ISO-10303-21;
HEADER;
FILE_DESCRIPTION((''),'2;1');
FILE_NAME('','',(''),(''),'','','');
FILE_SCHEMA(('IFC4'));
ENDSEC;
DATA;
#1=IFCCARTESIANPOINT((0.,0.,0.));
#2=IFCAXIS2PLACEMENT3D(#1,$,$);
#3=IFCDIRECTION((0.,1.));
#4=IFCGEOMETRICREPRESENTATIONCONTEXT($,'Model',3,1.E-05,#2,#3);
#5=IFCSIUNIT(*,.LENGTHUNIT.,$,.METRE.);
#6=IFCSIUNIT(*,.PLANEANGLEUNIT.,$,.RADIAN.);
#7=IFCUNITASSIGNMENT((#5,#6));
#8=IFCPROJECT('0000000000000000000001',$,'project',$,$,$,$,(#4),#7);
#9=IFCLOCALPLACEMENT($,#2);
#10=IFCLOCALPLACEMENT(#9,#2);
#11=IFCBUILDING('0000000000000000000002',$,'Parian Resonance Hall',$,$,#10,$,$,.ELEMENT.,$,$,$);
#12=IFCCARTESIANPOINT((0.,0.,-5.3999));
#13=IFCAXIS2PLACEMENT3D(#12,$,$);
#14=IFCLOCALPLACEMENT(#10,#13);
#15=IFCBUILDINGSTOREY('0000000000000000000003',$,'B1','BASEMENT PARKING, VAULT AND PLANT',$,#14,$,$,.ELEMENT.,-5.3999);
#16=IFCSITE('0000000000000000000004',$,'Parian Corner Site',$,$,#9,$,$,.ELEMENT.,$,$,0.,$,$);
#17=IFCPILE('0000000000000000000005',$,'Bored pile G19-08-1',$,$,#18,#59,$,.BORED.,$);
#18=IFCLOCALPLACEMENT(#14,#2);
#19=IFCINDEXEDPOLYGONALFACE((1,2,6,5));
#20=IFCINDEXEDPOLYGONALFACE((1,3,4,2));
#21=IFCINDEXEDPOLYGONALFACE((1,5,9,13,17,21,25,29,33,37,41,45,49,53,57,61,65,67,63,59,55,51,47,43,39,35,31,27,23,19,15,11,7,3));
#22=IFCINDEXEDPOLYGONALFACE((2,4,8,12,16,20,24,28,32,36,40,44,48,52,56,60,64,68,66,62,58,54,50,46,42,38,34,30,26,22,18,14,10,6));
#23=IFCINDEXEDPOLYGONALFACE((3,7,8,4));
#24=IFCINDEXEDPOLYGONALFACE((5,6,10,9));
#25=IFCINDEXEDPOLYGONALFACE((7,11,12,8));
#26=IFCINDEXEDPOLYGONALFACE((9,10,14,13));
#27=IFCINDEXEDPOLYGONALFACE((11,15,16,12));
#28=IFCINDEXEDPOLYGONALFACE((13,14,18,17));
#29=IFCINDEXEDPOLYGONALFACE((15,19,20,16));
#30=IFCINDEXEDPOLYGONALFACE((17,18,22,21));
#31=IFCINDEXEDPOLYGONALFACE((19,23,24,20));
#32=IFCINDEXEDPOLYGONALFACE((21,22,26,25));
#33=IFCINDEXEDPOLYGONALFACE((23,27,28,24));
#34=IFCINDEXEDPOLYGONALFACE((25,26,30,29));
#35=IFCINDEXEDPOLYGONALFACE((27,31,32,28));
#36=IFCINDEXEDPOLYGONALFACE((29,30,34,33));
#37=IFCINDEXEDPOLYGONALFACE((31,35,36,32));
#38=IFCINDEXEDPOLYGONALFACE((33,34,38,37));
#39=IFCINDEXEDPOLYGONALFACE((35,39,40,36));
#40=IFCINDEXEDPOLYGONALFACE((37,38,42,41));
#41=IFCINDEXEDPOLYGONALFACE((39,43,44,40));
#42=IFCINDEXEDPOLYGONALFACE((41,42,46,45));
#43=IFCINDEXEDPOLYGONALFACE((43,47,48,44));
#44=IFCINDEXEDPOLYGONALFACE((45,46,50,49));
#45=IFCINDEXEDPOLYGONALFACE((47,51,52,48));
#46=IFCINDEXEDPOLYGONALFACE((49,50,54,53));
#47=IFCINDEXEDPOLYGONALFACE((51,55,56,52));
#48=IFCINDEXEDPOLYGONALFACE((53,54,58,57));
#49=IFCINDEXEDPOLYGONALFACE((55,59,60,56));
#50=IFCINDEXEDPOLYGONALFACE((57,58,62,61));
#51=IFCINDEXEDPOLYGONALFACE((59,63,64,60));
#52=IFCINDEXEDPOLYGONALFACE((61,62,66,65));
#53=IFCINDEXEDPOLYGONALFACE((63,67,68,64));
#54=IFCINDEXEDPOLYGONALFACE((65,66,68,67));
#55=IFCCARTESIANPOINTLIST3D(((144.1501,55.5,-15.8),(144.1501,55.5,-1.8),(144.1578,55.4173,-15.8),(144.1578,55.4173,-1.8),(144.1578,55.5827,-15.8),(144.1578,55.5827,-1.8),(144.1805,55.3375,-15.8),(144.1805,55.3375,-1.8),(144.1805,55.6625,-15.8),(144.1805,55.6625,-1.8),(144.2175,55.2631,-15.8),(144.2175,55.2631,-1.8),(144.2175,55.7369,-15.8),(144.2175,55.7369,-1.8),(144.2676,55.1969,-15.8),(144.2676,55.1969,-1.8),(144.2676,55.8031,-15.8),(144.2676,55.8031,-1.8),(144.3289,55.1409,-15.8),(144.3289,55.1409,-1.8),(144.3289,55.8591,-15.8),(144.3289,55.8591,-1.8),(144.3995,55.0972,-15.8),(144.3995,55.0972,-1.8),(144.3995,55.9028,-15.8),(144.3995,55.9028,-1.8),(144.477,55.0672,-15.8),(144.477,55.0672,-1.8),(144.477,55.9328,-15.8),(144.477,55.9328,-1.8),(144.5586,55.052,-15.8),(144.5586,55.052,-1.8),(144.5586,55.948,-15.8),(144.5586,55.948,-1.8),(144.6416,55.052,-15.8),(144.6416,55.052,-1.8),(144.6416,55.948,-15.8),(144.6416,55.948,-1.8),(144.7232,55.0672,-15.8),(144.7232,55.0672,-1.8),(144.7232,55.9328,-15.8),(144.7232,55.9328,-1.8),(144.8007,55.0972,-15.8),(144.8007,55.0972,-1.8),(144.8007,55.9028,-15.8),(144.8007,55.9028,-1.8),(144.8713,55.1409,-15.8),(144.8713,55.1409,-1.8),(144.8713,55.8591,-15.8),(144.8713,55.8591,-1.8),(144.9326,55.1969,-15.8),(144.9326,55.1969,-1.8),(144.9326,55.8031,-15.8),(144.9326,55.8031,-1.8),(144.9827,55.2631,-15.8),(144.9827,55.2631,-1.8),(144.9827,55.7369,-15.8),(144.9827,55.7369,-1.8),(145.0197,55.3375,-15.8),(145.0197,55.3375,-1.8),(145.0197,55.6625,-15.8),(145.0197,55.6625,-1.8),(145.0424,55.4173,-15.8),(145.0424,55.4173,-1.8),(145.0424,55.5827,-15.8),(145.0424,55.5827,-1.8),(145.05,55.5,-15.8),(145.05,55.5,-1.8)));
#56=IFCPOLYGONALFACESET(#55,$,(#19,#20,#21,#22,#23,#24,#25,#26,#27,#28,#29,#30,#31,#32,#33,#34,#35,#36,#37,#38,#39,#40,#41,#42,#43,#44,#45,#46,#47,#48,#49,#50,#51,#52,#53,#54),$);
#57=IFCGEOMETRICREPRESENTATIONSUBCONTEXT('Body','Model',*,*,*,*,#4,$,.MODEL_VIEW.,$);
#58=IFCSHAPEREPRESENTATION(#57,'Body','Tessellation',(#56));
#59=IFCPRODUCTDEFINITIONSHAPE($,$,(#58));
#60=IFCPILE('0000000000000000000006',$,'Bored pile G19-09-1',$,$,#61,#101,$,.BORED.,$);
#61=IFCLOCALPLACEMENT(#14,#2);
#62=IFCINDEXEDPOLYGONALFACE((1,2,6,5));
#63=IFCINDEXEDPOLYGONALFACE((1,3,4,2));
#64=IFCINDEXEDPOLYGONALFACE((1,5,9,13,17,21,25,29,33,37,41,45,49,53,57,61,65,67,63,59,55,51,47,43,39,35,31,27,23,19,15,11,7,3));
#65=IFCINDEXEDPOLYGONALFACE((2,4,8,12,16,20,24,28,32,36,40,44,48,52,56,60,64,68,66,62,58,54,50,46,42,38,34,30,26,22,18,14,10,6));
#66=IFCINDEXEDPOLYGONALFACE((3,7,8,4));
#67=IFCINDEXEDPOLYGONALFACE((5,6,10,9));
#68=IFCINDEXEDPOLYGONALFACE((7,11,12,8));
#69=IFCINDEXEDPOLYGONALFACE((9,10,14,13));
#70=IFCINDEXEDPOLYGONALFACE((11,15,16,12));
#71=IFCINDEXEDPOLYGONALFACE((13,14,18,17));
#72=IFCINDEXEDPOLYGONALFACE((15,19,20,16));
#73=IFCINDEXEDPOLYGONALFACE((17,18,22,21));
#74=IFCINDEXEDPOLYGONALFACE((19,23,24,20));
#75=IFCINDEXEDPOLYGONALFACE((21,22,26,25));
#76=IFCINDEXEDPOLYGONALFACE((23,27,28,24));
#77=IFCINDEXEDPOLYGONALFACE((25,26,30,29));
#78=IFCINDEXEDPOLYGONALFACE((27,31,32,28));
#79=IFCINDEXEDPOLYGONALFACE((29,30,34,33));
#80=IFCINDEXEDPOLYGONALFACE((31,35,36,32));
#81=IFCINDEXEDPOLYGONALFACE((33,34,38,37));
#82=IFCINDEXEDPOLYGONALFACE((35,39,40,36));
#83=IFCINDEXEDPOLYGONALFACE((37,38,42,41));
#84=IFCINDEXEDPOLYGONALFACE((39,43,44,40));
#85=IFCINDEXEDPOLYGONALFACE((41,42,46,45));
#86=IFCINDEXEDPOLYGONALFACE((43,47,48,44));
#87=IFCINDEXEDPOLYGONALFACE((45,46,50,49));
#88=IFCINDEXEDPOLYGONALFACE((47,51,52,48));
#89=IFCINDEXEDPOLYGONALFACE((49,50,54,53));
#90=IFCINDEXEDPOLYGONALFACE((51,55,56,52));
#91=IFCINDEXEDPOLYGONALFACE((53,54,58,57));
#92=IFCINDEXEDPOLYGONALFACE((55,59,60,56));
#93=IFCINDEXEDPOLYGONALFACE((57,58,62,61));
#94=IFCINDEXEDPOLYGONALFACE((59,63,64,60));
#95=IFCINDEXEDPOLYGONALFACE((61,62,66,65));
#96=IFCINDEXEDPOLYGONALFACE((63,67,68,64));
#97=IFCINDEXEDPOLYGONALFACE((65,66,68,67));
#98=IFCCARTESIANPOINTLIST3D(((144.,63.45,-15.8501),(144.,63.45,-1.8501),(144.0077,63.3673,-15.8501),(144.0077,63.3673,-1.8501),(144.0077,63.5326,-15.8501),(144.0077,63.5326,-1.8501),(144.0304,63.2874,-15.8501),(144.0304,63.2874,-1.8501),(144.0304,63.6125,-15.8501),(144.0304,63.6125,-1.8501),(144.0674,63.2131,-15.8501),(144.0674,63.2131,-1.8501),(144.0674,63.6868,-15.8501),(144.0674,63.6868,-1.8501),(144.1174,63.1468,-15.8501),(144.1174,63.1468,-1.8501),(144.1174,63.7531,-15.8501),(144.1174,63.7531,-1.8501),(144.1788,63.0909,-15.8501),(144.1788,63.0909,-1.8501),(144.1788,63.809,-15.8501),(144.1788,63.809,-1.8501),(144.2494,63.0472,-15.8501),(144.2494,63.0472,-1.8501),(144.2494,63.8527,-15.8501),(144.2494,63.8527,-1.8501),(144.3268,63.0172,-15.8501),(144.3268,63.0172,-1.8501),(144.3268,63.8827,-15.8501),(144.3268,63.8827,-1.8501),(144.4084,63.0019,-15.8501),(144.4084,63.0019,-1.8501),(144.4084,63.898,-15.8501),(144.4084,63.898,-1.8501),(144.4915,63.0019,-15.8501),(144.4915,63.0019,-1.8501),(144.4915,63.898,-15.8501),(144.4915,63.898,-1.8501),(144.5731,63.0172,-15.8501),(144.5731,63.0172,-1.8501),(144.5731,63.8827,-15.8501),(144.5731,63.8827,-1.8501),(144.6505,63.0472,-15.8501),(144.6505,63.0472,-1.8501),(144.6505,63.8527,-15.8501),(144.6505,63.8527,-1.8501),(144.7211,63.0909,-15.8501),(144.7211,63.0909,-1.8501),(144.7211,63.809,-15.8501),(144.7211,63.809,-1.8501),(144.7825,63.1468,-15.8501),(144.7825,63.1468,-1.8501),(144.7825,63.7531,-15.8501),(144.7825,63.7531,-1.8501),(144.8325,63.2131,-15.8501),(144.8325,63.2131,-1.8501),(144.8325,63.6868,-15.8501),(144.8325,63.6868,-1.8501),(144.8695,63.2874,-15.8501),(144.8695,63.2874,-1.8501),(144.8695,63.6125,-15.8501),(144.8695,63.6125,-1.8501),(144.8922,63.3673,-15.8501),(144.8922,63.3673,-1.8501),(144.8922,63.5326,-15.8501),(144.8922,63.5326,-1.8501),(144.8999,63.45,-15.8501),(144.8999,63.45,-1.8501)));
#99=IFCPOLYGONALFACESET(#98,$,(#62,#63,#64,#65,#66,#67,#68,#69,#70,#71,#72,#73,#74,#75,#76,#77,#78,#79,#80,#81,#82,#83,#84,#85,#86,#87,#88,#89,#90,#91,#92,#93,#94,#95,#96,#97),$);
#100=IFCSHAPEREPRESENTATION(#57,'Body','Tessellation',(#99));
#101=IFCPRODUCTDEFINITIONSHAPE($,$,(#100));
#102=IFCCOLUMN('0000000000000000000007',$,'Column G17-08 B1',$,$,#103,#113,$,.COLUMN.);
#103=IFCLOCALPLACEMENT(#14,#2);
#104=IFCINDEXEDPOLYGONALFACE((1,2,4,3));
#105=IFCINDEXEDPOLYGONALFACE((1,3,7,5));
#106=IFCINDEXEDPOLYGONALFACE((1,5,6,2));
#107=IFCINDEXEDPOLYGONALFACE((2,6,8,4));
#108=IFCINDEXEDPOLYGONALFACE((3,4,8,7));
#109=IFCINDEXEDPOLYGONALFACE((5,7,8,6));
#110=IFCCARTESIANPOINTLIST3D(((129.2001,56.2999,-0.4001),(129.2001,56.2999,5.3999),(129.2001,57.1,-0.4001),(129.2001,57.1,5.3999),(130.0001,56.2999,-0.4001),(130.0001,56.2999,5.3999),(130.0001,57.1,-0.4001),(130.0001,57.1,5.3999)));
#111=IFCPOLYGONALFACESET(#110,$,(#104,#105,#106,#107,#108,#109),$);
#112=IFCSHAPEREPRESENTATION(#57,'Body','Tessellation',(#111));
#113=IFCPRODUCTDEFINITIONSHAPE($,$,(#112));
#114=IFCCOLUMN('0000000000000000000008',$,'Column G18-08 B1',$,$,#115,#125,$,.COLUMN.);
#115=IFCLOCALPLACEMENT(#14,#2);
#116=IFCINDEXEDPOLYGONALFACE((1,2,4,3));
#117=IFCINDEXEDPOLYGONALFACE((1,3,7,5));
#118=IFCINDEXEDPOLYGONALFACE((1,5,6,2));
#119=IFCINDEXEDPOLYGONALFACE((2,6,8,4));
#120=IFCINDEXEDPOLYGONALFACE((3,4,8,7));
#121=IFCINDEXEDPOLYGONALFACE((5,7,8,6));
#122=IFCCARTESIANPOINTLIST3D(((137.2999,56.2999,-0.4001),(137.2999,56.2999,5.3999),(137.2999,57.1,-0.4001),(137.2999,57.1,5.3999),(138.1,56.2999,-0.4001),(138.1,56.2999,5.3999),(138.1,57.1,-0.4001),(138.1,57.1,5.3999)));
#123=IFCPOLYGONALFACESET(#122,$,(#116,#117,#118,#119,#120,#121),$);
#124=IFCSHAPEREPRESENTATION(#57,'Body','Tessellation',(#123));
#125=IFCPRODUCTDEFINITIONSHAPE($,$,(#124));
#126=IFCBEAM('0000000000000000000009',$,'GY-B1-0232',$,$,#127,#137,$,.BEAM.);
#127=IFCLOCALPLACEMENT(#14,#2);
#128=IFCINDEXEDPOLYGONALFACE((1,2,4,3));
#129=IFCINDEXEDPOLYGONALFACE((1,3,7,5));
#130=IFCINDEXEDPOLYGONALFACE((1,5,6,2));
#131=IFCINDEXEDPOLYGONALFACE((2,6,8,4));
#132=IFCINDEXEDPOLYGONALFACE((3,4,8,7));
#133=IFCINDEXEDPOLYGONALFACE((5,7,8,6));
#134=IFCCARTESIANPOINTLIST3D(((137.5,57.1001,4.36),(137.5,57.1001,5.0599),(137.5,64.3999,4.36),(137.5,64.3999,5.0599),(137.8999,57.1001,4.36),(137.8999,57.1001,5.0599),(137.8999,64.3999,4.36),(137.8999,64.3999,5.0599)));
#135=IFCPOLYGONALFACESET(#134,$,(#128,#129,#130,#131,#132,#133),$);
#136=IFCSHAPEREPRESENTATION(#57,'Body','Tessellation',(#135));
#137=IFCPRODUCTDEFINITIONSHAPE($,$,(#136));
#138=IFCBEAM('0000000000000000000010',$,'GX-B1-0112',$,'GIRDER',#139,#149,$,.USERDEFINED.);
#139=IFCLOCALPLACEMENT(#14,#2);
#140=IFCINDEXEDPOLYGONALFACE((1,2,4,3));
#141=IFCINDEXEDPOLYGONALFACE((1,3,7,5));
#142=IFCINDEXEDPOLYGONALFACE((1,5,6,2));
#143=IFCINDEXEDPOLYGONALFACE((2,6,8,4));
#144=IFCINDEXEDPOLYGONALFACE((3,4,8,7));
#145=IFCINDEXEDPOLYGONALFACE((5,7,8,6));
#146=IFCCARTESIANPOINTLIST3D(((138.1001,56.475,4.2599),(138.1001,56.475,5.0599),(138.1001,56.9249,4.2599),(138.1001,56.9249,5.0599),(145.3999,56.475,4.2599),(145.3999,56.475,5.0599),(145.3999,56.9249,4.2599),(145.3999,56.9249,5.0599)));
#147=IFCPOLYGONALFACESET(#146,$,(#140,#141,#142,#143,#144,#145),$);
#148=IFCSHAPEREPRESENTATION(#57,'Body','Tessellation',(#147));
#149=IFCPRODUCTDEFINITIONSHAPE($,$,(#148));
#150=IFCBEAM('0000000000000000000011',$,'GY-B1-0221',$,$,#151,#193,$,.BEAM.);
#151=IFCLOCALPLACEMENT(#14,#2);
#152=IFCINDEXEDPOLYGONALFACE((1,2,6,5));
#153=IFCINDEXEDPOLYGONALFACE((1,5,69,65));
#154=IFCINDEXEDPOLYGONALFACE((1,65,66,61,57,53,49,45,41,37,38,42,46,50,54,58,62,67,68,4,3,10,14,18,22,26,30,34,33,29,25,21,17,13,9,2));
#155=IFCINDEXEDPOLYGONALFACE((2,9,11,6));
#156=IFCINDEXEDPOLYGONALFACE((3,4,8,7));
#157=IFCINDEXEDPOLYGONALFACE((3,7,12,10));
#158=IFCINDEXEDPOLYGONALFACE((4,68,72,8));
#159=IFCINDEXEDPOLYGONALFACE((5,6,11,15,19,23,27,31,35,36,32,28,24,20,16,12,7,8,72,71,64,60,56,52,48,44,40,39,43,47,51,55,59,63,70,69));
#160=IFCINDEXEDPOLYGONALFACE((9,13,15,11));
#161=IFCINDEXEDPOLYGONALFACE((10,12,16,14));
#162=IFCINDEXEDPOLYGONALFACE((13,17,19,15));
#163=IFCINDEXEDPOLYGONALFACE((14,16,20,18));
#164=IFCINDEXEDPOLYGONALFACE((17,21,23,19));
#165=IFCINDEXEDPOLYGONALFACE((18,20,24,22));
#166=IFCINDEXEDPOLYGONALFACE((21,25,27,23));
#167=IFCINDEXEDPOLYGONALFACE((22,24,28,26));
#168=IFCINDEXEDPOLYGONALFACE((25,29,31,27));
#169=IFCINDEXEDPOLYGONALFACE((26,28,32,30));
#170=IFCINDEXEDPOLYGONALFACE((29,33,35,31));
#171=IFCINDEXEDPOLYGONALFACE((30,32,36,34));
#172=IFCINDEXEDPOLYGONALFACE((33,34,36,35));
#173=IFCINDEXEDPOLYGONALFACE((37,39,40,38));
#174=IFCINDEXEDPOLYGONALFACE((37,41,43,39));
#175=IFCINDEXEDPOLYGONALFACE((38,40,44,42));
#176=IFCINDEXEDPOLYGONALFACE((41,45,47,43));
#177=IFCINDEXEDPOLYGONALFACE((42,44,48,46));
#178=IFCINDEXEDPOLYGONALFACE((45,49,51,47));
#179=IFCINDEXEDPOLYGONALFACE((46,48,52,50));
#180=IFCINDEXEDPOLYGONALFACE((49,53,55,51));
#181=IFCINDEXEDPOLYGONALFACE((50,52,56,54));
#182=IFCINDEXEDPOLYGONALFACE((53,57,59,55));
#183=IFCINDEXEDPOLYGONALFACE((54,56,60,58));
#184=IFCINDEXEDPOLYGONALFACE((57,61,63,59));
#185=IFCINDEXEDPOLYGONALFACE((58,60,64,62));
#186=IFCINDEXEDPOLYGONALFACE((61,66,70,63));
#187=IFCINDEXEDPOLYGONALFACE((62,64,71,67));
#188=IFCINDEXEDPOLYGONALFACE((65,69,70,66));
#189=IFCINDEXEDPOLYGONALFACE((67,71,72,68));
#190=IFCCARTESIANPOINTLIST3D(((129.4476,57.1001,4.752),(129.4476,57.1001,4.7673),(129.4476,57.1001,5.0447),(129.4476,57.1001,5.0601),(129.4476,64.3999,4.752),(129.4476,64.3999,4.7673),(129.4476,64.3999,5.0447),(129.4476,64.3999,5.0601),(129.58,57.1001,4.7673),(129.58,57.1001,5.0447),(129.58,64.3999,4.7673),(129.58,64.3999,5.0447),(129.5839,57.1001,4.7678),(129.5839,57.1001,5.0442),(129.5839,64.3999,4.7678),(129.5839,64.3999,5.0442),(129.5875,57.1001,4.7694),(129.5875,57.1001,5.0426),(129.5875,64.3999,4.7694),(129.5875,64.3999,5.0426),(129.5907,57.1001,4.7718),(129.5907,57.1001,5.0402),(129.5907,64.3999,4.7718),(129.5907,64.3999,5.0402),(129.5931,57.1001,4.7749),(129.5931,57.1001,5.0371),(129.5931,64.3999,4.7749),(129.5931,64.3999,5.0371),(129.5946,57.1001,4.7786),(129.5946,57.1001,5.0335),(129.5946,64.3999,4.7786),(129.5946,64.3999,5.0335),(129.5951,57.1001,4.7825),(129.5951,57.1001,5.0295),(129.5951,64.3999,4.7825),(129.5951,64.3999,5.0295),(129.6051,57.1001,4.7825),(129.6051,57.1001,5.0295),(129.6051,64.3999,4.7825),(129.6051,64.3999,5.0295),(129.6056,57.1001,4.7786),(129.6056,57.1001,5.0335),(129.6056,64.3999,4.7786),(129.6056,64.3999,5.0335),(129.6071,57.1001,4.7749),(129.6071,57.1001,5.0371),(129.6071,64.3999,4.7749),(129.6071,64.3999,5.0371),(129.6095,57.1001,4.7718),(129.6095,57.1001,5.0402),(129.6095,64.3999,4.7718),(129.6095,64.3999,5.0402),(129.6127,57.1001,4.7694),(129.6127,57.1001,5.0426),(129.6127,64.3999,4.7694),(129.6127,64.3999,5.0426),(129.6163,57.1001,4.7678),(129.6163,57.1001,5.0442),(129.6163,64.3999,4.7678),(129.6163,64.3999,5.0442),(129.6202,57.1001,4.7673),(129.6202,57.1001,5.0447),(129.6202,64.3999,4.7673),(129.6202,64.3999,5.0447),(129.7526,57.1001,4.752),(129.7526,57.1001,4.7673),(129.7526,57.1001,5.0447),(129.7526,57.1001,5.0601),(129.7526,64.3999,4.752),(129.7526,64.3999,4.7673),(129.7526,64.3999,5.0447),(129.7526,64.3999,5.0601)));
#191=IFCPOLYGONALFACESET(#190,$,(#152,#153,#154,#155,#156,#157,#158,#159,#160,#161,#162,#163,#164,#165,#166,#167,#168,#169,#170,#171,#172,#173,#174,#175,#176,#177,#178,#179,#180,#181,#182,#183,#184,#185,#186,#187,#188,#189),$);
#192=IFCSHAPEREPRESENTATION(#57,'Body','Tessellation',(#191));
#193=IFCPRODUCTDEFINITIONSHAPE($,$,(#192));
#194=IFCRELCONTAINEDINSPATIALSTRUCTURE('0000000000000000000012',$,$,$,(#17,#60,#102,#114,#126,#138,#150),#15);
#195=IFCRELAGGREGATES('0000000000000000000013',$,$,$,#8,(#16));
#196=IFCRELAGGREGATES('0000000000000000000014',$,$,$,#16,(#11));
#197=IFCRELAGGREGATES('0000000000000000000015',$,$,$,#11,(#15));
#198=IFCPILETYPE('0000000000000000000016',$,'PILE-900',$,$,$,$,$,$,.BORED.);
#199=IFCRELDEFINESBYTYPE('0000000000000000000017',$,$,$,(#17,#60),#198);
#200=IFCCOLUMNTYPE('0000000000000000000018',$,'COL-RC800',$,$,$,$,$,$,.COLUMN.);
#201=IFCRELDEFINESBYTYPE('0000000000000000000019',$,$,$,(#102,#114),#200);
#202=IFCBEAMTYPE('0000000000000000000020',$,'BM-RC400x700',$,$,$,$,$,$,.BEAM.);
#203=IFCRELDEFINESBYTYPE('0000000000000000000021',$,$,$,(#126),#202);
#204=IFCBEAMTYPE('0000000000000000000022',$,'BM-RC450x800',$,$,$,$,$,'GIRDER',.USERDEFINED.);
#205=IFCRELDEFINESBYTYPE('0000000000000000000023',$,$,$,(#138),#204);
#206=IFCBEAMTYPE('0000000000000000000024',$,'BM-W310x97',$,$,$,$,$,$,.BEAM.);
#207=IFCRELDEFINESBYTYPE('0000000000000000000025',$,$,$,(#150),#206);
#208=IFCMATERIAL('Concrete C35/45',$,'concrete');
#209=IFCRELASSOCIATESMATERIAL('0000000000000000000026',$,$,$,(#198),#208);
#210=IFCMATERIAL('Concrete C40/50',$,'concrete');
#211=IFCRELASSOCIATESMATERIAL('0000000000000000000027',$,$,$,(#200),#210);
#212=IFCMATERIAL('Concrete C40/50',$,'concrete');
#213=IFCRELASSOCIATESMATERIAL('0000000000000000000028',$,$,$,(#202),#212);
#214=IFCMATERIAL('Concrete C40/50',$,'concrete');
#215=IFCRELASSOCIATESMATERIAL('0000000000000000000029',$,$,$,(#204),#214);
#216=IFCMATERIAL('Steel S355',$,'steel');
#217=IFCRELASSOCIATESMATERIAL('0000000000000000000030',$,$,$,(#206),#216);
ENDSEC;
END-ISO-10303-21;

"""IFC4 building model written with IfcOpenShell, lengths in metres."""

from ifc_helpers import new_model, si_unit, direction, frame, origin, origin_2d, place, context, subcontext, project, spatial, rectangle, circle, i_section, extrude, material, material_profile, profile_set, type_object, element, save


model = new_model("IFC4")

# Units and contexts
model_context = context("Model", 3, precision=1e-05, world=origin(), true_north=direction((0.0, 1.0)))
body_context = subcontext(model_context, "Body", "Model", "MODEL_VIEW")
ifc_project = project(units=[si_unit("LENGTHUNIT", "METRE"), si_unit("PLANEANGLEUNIT", "RADIAN")], contexts=[model_context])

# Site, building, storey
site_placement = place(None, origin())
site = spatial("IfcSite", under=ifc_project, at=site_placement, Name="Parian Corner Site", CompositionType="ELEMENT", RefElevation=0.0)
building_placement = place(site_placement, origin())
building = spatial("IfcBuilding", under=site, at=building_placement, Name="Parian Resonance Hall", CompositionType="ELEMENT")
storey_placement = place(building_placement, frame((0.0, 0.0, -5.3999)))
storey = spatial("IfcBuildingStorey", under=building, at=storey_placement, Name="B1", Description="BASEMENT PARKING, VAULT AND PLANT", CompositionType="ELEMENT", Elevation=-5.3999)

# Piles
ifc_material_1 = material(Name="Concrete C35/45", Category="concrete")
ifc_material_profile_1 = material_profile(ifc_material_1, circle(Radius=0.45, at=origin_2d()), Name="PILE-D900")
ifc_profile_set_1 = profile_set([ifc_material_profile_1], Name="Concrete C35/45")
pile_type = type_object("IfcPileType", Name="PILE-900", PredefinedType="BORED", material=ifc_profile_set_1)
for number, where, z_axis, x_axis, name in (
    (1, (144.6001, 55.5, -1.8), (0.0, 0.0, -1.0), (1.0, 0.0, 0.0), "Bored pile G19-08-1"),
    (2, (144.45, 63.45, -1.8501), (0.0, 0.0, -1.0), (1.0, 0.0, 0.0), "Bored pile G19-09-1"),
):
    element("IfcPile", number, at=place(storey_placement, frame(where, z_axis=z_axis, x_axis=x_axis)), inside=storey, type_object=pile_type, Name=name, PredefinedType="BORED", context=body_context, shape_type="SweptSolid", body=[
        extrude(circle(Radius=0.45, at=origin_2d()), origin(), (0.0, 0.0, 1.0), 14.0),
    ])

# Columns
ifc_material_2 = material(Name="Concrete C40/50", Category="concrete")
ifc_material_profile_2 = material_profile(ifc_material_2, rectangle(XDim=0.8, YDim=0.8, at=origin_2d()), Name="RC-COL-800x800")
ifc_profile_set_2 = profile_set([ifc_material_profile_2], Name="Concrete C40/50")
column_type = type_object("IfcColumnType", Name="COL-RC800", PredefinedType="COLUMN", material=ifc_profile_set_2)
for number, where, z_axis, x_axis, name in (
    (3, (129.6001, 56.7, -0.4001), (0.0, 0.0, 1.0), (1.0, 0.0, 0.0), "Column G17-08 B1"),
    (4, (137.7, 56.7, -0.4001), (0.0, 0.0, 1.0), (1.0, 0.0, 0.0), "Column G18-08 B1"),
):
    element("IfcColumn", number, at=place(storey_placement, frame(where, z_axis=z_axis, x_axis=x_axis)), inside=storey, type_object=column_type, Name=name, PredefinedType="COLUMN", context=body_context, shape_type="SweptSolid", body=[
        extrude(rectangle(XDim=0.8, YDim=0.8, at=origin_2d()), origin(), (0.0, 0.0, 1.0), 5.8),
    ])

# Beams
ifc_material_3 = material(Name="Concrete C40/50", Category="concrete")
ifc_material_profile_3 = material_profile(ifc_material_3, rectangle(XDim=0.3999, YDim=0.7, at=origin_2d()), Name="RC-BM-400x700")
ifc_profile_set_3 = profile_set([ifc_material_profile_3], Name="Concrete C40/50")
beam_type_1 = type_object("IfcBeamType", Name="BM-RC400x700", PredefinedType="BEAM", material=ifc_profile_set_3)
beam_1_placement = place(storey_placement, frame((137.7, 57.1001, 4.71), z_axis=(0.0, 1.0, 0.0), x_axis=(-1.0, 0.0, 0.0)))
element("IfcBeam", 5, at=beam_1_placement, inside=storey, type_object=beam_type_1, Name="GY-B1-0232", PredefinedType="BEAM", context=body_context, shape_type="SweptSolid", body=[
    extrude(rectangle(XDim=0.3999, YDim=0.7, at=origin_2d()), origin(), (0.0, 0.0, 1.0), 7.2998),
])
ifc_material_4 = material(Name="Concrete C40/50", Category="concrete")
ifc_material_profile_4 = material_profile(ifc_material_4, rectangle(XDim=0.45, YDim=0.8, at=origin_2d()), Name="RC-BM-450x800")
ifc_profile_set_4 = profile_set([ifc_material_profile_4], Name="Concrete C40/50")
beam_type_2 = type_object("IfcBeamType", Name="BM-RC450x800", ElementType="GIRDER", PredefinedType="USERDEFINED", material=ifc_profile_set_4)
beam_2_placement = place(storey_placement, frame((138.1001, 56.7, 4.6599), z_axis=(1.0, 0.0, 0.0), x_axis=(0.0, 1.0, 0.0)))
element("IfcBeam", 6, at=beam_2_placement, inside=storey, type_object=beam_type_2, Name="GX-B1-0112", ObjectType="GIRDER", PredefinedType="USERDEFINED", context=body_context, shape_type="SweptSolid", body=[
    extrude(rectangle(XDim=0.45, YDim=0.8, at=origin_2d()), origin(), (0.0, 0.0, 1.0), 7.2998),
])
ifc_material_5 = material(Name="Steel S355", Category="steel")
ifc_material_profile_5 = material_profile(ifc_material_5, i_section(OverallWidth=0.3049, OverallDepth=0.3081, WebThickness=0.01, FlangeThickness=0.0154, FilletRadius=0.0151, at=origin_2d()), Name="W310x97")
ifc_profile_set_5 = profile_set([ifc_material_profile_5], Name="Steel S355")
beam_type_3 = type_object("IfcBeamType", Name="BM-W310x97", PredefinedType="BEAM", material=ifc_profile_set_5)
beam_3_placement = place(storey_placement, frame((129.6001, 57.1001, 4.906), z_axis=(0.0, 1.0, 0.0), x_axis=(-1.0, 0.0, 0.0)))
element("IfcBeam", 7, at=beam_3_placement, inside=storey, type_object=beam_type_3, Name="GY-B1-0221", PredefinedType="BEAM", context=body_context, shape_type="SweptSolid", body=[
    extrude(i_section(OverallWidth=0.3049, OverallDepth=0.3081, WebThickness=0.01, FlangeThickness=0.0154, FilletRadius=0.0151, at=origin_2d()), origin(), (0.0, 0.0, 1.0), 7.2998),
])

save(model, "model.ifc")
